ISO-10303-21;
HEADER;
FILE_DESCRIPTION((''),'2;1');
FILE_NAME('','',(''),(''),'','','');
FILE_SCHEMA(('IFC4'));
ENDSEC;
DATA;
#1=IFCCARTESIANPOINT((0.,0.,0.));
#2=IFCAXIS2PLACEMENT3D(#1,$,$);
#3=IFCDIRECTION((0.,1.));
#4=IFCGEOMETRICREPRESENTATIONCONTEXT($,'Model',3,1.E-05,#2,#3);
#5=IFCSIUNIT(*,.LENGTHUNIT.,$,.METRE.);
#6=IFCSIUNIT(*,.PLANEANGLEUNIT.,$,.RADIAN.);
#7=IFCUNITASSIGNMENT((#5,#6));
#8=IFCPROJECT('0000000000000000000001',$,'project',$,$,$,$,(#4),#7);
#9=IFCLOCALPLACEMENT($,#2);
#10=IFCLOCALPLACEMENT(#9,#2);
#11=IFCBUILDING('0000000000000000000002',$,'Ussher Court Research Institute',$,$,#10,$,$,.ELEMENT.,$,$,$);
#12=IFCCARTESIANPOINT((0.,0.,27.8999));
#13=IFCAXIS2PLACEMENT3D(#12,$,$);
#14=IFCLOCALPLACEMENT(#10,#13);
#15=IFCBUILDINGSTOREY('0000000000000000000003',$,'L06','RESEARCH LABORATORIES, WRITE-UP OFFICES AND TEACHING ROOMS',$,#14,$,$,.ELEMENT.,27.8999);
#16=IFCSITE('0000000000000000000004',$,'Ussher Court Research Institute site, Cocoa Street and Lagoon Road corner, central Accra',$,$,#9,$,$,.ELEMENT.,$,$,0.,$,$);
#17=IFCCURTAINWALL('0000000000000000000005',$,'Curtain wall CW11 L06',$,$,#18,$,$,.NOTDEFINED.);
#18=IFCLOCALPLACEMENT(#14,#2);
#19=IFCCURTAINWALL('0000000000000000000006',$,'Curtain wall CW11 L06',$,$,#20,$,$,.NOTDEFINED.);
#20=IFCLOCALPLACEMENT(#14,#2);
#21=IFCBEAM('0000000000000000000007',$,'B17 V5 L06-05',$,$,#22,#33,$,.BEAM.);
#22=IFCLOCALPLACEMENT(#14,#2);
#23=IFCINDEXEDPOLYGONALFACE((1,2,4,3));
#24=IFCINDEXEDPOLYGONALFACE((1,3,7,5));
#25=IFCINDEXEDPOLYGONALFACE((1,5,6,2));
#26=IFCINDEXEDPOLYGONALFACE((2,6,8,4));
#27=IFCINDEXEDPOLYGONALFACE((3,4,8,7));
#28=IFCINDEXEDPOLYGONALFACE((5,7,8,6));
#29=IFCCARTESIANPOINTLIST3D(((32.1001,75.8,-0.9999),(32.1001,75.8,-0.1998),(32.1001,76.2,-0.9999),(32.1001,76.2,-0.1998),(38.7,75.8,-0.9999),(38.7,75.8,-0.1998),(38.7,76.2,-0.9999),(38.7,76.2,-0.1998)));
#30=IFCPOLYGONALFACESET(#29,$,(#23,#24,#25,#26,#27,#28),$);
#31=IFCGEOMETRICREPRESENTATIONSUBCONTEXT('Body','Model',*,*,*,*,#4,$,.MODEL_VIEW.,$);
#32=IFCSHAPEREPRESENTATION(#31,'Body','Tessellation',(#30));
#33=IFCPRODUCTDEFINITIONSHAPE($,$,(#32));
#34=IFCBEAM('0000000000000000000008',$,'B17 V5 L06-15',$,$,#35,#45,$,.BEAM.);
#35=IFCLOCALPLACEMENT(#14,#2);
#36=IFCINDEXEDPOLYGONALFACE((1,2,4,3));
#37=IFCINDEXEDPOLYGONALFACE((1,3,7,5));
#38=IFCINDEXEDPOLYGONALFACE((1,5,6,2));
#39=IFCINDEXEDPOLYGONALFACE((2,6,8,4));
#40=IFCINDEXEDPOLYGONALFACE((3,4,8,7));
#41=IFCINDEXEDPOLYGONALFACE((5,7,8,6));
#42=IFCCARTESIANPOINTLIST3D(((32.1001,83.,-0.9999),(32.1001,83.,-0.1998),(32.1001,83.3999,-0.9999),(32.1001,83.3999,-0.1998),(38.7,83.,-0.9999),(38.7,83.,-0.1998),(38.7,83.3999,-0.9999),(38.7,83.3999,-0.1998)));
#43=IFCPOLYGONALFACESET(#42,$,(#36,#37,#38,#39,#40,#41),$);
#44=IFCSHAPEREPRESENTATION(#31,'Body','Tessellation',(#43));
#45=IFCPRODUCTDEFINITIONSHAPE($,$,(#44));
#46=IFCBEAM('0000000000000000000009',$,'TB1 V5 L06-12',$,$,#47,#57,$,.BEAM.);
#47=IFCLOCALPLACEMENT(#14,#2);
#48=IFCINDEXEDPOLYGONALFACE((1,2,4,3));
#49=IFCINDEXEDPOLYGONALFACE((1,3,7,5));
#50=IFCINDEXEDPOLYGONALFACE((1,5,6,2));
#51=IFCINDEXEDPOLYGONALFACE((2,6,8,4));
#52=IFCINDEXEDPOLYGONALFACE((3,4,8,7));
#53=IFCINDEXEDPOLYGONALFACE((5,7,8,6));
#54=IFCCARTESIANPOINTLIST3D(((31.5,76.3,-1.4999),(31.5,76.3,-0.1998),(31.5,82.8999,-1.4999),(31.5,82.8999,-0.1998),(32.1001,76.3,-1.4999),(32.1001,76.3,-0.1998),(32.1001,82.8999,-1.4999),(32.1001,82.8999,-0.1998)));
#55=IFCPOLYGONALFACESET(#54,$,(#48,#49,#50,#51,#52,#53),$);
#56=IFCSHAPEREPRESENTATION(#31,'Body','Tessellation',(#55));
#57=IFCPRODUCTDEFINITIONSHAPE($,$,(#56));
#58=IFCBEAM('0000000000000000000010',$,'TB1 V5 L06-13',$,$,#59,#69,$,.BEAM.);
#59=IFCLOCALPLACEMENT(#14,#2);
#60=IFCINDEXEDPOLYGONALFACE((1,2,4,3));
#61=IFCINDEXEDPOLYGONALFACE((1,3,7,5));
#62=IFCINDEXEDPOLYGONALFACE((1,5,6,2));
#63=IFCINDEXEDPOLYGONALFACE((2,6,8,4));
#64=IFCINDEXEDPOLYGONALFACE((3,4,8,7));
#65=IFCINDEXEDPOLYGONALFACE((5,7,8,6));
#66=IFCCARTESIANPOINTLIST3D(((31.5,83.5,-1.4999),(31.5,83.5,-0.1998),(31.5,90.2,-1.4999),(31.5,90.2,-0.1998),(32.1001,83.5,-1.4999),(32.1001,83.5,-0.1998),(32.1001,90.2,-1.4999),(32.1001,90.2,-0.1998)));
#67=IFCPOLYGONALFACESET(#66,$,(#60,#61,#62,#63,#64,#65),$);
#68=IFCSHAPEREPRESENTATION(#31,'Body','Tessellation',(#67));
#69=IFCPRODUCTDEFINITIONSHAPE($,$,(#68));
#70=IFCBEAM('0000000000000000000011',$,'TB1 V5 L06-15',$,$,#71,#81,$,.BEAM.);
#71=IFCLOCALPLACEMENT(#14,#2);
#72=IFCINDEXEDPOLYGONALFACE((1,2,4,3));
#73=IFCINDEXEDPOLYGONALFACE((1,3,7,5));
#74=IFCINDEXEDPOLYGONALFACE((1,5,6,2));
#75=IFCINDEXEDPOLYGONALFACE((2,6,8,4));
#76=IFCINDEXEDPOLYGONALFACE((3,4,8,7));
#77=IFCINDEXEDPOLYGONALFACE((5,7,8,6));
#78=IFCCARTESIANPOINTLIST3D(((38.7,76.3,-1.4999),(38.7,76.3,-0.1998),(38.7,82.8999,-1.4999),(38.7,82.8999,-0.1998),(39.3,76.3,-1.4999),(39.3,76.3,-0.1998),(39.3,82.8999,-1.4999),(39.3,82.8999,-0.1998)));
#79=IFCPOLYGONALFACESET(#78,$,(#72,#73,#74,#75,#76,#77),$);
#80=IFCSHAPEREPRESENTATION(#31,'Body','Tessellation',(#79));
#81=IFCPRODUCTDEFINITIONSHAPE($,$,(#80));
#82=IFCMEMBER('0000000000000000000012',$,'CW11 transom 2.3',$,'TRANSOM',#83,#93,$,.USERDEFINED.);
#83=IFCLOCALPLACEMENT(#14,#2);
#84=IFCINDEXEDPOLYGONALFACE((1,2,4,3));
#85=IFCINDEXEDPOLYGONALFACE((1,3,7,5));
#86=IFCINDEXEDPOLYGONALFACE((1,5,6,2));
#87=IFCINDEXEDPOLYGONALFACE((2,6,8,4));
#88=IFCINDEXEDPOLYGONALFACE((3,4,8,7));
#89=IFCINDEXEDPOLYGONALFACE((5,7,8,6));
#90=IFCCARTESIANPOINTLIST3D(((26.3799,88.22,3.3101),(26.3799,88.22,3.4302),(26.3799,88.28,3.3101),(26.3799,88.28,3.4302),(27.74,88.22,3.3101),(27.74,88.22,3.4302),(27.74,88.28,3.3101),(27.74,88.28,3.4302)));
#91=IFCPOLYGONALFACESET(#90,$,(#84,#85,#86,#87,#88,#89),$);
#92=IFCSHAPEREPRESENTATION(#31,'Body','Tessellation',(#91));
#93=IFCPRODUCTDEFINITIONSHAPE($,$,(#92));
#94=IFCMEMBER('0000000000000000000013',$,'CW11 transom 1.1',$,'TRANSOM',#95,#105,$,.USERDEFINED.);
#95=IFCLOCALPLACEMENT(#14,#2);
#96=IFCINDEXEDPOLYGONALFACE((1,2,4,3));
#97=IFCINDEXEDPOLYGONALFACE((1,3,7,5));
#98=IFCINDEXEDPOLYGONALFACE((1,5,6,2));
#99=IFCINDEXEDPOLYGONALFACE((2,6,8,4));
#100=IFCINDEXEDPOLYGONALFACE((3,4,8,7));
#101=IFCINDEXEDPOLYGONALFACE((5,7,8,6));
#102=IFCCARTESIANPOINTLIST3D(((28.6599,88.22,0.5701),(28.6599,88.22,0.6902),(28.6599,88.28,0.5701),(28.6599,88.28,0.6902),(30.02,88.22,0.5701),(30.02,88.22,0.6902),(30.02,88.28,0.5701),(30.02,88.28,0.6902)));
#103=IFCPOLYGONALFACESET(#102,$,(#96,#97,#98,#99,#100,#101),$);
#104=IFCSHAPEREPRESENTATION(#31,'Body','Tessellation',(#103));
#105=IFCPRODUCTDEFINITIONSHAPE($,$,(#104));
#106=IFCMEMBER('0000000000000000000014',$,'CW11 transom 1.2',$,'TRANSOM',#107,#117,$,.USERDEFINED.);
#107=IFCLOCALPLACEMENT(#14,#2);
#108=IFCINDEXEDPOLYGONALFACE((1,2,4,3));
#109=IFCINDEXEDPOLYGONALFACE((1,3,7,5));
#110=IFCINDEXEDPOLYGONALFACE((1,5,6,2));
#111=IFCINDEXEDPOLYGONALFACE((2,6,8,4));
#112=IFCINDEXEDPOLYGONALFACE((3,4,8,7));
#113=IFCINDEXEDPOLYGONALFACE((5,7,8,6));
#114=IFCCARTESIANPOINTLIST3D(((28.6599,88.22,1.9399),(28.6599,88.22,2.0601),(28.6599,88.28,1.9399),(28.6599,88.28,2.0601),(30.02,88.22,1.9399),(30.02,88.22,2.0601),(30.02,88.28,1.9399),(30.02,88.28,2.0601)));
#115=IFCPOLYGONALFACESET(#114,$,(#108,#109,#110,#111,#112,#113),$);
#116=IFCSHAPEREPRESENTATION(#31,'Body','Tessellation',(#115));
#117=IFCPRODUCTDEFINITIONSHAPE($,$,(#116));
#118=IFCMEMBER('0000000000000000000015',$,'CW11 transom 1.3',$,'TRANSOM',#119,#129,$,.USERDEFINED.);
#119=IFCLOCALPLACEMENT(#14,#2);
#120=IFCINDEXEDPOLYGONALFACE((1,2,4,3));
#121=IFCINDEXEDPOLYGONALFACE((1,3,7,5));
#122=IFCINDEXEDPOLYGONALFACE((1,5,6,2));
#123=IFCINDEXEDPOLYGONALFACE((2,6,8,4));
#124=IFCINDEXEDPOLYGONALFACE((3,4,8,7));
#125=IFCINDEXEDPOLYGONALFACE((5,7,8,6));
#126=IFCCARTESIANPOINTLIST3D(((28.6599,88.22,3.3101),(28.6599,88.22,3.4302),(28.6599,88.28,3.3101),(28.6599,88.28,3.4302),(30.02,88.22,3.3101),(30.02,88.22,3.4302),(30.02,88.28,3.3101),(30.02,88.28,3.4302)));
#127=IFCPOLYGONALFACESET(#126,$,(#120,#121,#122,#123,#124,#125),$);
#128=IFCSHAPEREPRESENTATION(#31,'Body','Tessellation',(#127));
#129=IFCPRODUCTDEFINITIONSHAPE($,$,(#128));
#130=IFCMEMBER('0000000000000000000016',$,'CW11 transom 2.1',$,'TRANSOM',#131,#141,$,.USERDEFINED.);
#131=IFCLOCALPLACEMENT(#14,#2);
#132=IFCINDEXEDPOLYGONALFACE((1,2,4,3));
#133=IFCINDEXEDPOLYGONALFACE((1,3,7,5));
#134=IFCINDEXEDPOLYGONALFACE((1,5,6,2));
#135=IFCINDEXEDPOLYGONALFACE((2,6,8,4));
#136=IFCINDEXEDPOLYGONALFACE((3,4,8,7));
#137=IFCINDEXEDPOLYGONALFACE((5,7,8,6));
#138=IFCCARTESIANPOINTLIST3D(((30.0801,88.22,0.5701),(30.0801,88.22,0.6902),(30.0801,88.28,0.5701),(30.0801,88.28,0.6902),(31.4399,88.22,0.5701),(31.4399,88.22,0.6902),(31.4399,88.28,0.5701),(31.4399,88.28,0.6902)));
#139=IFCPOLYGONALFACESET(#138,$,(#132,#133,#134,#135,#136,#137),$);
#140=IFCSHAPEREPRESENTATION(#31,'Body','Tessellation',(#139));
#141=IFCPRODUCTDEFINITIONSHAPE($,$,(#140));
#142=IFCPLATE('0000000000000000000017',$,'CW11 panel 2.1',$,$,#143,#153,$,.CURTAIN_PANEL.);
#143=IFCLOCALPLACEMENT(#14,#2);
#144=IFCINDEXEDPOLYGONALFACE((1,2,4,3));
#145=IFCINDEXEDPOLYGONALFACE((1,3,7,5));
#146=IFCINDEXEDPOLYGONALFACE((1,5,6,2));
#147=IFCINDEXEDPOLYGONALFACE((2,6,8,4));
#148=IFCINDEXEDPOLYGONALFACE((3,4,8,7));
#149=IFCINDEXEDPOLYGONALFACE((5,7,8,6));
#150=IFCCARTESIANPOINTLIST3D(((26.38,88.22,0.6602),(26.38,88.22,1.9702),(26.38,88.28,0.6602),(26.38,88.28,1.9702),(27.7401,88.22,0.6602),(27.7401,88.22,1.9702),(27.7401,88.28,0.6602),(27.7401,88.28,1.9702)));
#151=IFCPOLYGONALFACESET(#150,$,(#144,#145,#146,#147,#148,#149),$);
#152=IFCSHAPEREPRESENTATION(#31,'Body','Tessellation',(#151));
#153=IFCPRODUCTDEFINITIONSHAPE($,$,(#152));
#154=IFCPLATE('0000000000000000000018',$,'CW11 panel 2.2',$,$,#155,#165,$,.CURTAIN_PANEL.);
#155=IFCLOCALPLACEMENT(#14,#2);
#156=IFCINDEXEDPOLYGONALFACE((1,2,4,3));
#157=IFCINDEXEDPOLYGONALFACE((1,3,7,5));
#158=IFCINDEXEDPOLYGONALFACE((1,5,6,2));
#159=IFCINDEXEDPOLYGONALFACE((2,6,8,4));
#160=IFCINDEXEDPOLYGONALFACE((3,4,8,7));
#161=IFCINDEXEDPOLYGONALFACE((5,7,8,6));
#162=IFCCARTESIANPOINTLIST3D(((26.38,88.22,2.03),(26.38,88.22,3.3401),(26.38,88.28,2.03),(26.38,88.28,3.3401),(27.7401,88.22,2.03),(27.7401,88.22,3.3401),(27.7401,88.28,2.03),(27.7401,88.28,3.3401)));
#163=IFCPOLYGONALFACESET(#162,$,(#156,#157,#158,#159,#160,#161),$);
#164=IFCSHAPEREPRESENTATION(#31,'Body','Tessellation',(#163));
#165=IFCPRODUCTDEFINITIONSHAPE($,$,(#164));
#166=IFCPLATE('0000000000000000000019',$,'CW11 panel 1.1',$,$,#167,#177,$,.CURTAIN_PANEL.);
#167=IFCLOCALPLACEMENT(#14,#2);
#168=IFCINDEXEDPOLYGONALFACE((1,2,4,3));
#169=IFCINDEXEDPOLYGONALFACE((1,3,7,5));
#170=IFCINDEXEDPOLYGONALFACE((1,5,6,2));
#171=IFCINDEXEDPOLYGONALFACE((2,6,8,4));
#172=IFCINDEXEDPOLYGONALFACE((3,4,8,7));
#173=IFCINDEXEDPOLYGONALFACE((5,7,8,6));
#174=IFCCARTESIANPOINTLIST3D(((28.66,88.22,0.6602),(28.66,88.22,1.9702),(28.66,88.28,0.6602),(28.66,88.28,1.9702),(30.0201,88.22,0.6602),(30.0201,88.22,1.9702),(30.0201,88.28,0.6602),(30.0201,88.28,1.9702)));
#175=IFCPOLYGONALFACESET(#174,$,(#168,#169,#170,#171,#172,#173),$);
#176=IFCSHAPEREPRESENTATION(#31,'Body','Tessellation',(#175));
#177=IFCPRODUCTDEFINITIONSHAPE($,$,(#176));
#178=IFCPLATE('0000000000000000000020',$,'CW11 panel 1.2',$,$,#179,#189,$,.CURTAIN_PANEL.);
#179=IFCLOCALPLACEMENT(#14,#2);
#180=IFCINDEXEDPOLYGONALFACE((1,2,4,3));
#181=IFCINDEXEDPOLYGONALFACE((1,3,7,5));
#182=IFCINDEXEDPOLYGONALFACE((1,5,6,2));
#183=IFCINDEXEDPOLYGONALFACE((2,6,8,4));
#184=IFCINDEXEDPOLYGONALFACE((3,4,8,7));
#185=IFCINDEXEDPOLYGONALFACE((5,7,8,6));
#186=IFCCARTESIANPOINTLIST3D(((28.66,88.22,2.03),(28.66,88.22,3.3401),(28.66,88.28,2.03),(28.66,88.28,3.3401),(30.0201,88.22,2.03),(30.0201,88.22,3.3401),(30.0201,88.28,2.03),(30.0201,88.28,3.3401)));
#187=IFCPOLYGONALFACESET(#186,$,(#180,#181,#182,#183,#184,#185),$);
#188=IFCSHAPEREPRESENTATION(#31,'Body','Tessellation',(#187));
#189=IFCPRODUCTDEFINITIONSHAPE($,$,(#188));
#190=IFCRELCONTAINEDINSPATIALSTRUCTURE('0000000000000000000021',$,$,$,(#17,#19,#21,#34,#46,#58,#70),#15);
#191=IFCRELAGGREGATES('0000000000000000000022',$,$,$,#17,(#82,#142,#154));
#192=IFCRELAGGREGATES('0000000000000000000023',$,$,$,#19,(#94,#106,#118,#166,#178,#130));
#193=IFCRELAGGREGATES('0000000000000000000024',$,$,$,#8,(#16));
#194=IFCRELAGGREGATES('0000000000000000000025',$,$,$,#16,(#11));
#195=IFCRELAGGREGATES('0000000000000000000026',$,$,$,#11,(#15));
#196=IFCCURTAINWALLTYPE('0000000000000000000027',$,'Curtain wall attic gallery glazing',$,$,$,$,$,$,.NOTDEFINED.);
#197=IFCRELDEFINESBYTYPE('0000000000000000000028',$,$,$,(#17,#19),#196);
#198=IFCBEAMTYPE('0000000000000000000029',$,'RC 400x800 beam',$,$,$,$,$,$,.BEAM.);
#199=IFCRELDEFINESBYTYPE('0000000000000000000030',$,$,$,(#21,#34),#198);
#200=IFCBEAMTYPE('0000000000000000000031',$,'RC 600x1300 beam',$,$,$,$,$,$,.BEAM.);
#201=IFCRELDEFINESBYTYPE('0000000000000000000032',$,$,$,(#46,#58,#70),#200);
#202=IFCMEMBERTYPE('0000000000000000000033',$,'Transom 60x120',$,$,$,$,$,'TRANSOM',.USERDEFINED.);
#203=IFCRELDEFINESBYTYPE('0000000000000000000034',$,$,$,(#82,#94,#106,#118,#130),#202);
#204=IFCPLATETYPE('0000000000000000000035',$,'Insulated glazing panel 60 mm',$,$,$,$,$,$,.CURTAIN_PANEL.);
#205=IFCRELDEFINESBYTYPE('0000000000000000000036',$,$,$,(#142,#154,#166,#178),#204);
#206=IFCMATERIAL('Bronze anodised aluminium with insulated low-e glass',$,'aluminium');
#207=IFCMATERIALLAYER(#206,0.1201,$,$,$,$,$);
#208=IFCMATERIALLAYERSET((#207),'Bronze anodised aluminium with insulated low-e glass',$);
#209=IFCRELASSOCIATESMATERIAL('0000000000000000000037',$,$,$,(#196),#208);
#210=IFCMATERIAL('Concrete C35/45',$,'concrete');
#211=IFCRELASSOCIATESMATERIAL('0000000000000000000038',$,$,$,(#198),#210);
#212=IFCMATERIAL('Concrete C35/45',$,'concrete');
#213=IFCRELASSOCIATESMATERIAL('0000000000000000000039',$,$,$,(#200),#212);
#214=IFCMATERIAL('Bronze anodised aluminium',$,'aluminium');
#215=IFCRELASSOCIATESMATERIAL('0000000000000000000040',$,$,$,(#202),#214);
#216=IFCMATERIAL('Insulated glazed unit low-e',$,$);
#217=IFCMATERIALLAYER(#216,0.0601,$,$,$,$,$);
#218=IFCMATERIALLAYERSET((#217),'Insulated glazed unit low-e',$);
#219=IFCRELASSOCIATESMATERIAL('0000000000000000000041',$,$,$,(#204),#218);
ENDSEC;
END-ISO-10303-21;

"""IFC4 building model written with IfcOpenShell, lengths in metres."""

from ifc_helpers import new_model, si_unit, direction, frame, origin, origin_2d, place, context, subcontext, project, spatial, rectangle, extrude, material, layer, layer_set, material_profile, profile_set, type_object, element, aggregate, save


model = new_model("IFC4")

# Units and contexts
model_context = context("Model", 3, precision=1e-05, world=origin(), true_north=direction((0.0, 1.0)))
body_context = subcontext(model_context, "Body", "Model", "MODEL_VIEW")
ifc_project = project(units=[si_unit("LENGTHUNIT", "METRE"), si_unit("PLANEANGLEUNIT", "RADIAN")], contexts=[model_context])

# Site, building, storey
site_placement = place(None, origin())
site = spatial("IfcSite", under=ifc_project, at=site_placement, Name="Ussher Court Research Institute site, Cocoa Street and Lagoon Road corner, central Accra", CompositionType="ELEMENT", RefElevation=0.0)
building_placement = place(site_placement, origin())
building = spatial("IfcBuilding", under=site, at=building_placement, Name="Ussher Court Research Institute", CompositionType="ELEMENT")
storey_placement = place(building_placement, frame((0.0, 0.0, 27.8999)))
storey = spatial("IfcBuildingStorey", under=building, at=storey_placement, Name="L06", Description="RESEARCH LABORATORIES, WRITE-UP OFFICES AND TEACHING ROOMS", CompositionType="ELEMENT", Elevation=27.8999)

# Curtain wall
ifc_material_1 = material(Name="Bronze anodised aluminium with insulated low-e glass", Category="aluminium")
ifc_layer_1 = layer(ifc_material_1, 0.1201)
ifc_layer_set_1 = layer_set([ifc_layer_1], Name="Bronze anodised aluminium with insulated low-e glass")
curtain_wall_type = type_object("IfcCurtainWallType", Name="Curtain wall attic gallery glazing", PredefinedType="NOTDEFINED", material=ifc_layer_set_1)
curtain_wall_1_placement = place(storey_placement, origin())
curtain_wall_1 = element("IfcCurtainWall", 1, at=curtain_wall_1_placement, inside=storey, type_object=curtain_wall_type, Name="Curtain wall CW11 L06", PredefinedType="NOTDEFINED")

# Curtain wall
curtain_wall_2_placement = place(storey_placement, origin())
curtain_wall_2 = element("IfcCurtainWall", 2, at=curtain_wall_2_placement, inside=storey, type_object=curtain_wall_type, Name="Curtain wall CW11 L06", PredefinedType="NOTDEFINED")

# Beams
ifc_material_2 = material(Name="Concrete C35/45", Category="concrete")
ifc_material_profile_1 = material_profile(ifc_material_2, rectangle(XDim=0.3999, YDim=0.8, at=origin_2d()), Name="RC 400x800")
ifc_profile_set_1 = profile_set([ifc_material_profile_1], Name="Concrete C35/45")
beam_type_1 = type_object("IfcBeamType", Name="RC 400x800 beam", PredefinedType="BEAM", material=ifc_profile_set_1)
for number, where, z_axis, x_axis, name in (
    (3, (32.1001, 76.0, -0.5999), (1.0, 0.0, 0.0), (0.0, 1.0, 0.0), "B17 V5 L06-05"),
    (4, (32.1001, 83.2, -0.5999), (1.0, 0.0, 0.0), (0.0, 1.0, 0.0), "B17 V5 L06-15"),
):
    element("IfcBeam", number, at=place(storey_placement, frame(where, z_axis=z_axis, x_axis=x_axis)), inside=storey, type_object=beam_type_1, Name=name, PredefinedType="BEAM", context=body_context, shape_type="SweptSolid", body=[
        extrude(rectangle(XDim=0.3999, YDim=0.8, at=origin_2d()), origin(), (0.0, 0.0, 1.0), 6.5999),
    ])
ifc_material_3 = material(Name="Concrete C35/45", Category="concrete")
ifc_material_profile_2 = material_profile(ifc_material_3, rectangle(XDim=0.6001, YDim=1.3, at=origin_2d()), Name="RC 600x1300")
ifc_profile_set_2 = profile_set([ifc_material_profile_2], Name="Concrete C35/45")
beam_type_2 = type_object("IfcBeamType", Name="RC 600x1300 beam", PredefinedType="BEAM", material=ifc_profile_set_2)
beam_1_placement = place(storey_placement, frame((31.8, 76.3, -0.8499), z_axis=(0.0, 1.0, 0.0), x_axis=(-1.0, 0.0, 0.0)))
element("IfcBeam", 5, at=beam_1_placement, inside=storey, type_object=beam_type_2, Name="TB1 V5 L06-12", PredefinedType="BEAM", context=body_context, shape_type="SweptSolid", body=[
    extrude(rectangle(XDim=0.6001, YDim=1.3, at=origin_2d()), origin(), (0.0, 0.0, 1.0), 6.5999),
])
beam_2_placement = place(storey_placement, frame((31.8, 83.5, -0.8499), z_axis=(0.0, 1.0, 0.0), x_axis=(-1.0, 0.0, 0.0)))
element("IfcBeam", 6, at=beam_2_placement, inside=storey, type_object=beam_type_2, Name="TB1 V5 L06-13", PredefinedType="BEAM", context=body_context, shape_type="SweptSolid", body=[
    extrude(rectangle(XDim=0.6001, YDim=1.3, at=origin_2d()), origin(), (0.0, 0.0, 1.0), 6.7),
])
beam_3_placement = place(storey_placement, frame((39.0, 76.3, -0.8499), z_axis=(0.0, 1.0, 0.0), x_axis=(-1.0, 0.0, 0.0)))
element("IfcBeam", 7, at=beam_3_placement, inside=storey, type_object=beam_type_2, Name="TB1 V5 L06-15", PredefinedType="BEAM", context=body_context, shape_type="SweptSolid", body=[
    extrude(rectangle(XDim=0.6001, YDim=1.3, at=origin_2d()), origin(), (0.0, 0.0, 1.0), 6.5999),
])

# Members
ifc_material_4 = material(Name="Bronze anodised aluminium", Category="aluminium")
ifc_material_profile_3 = material_profile(ifc_material_4, rectangle(XDim=0.0601, YDim=0.1201, at=origin_2d()), Name="Transom 60x120")
ifc_profile_set_3 = profile_set([ifc_material_profile_3], Name="Bronze anodised aluminium")
member_type_1 = type_object("IfcMemberType", Name="Transom 60x120", ElementType="TRANSOM", PredefinedType="USERDEFINED", material=ifc_profile_set_3)
member_1_placement = place(storey_placement, frame((26.3799, 88.25, 3.3701), z_axis=(1.0, 0.0, 0.0), x_axis=(0.0, 1.0, 0.0)))
member_1 = element("IfcMember", 8, at=member_1_placement, type_object=member_type_1, Name="CW11 transom 2.3", ObjectType="TRANSOM", PredefinedType="USERDEFINED", context=body_context, shape_type="SweptSolid", body=[
    extrude(rectangle(XDim=0.0601, YDim=0.1201, at=origin_2d()), origin(), (0.0, 0.0, 1.0), 1.3601),
])
member_2_placement = place(storey_placement, frame((28.6599, 88.25, 0.6301), z_axis=(1.0, 0.0, 0.0), x_axis=(0.0, 1.0, 0.0)))
member_2 = element("IfcMember", 9, at=member_2_placement, type_object=member_type_1, Name="CW11 transom 1.1", ObjectType="TRANSOM", PredefinedType="USERDEFINED", context=body_context, shape_type="SweptSolid", body=[
    extrude(rectangle(XDim=0.0601, YDim=0.1201, at=origin_2d()), origin(), (0.0, 0.0, 1.0), 1.3601),
])
member_3_placement = place(storey_placement, frame((28.6599, 88.25, 2.0), z_axis=(1.0, 0.0, 0.0), x_axis=(0.0, 1.0, 0.0)))
member_3 = element("IfcMember", 10, at=member_3_placement, type_object=member_type_1, Name="CW11 transom 1.2", ObjectType="TRANSOM", PredefinedType="USERDEFINED", context=body_context, shape_type="SweptSolid", body=[
    extrude(rectangle(XDim=0.0601, YDim=0.1201, at=origin_2d()), origin(), (0.0, 0.0, 1.0), 1.3601),
])
member_4_placement = place(storey_placement, frame((28.6599, 88.25, 3.3701), z_axis=(1.0, 0.0, 0.0), x_axis=(0.0, 1.0, 0.0)))
member_4 = element("IfcMember", 11, at=member_4_placement, type_object=member_type_1, Name="CW11 transom 1.3", ObjectType="TRANSOM", PredefinedType="USERDEFINED", context=body_context, shape_type="SweptSolid", body=[
    extrude(rectangle(XDim=0.0601, YDim=0.1201, at=origin_2d()), origin(), (0.0, 0.0, 1.0), 1.3601),
])
member_5_placement = place(storey_placement, frame((30.0801, 88.25, 0.6301), z_axis=(1.0, 0.0, 0.0), x_axis=(0.0, 1.0, 0.0)))
member_5 = element("IfcMember", 12, at=member_5_placement, type_object=member_type_1, Name="CW11 transom 2.1", ObjectType="TRANSOM", PredefinedType="USERDEFINED", context=body_context, shape_type="SweptSolid", body=[
    extrude(rectangle(XDim=0.0601, YDim=0.1201, at=origin_2d()), origin(), (0.0, 0.0, 1.0), 1.3599),
])

# Plates
ifc_material_5 = material(Name="Insulated glazed unit low-e")
ifc_layer_2 = layer(ifc_material_5, 0.0601)
ifc_layer_set_2 = layer_set([ifc_layer_2], Name="Insulated glazed unit low-e")
plate_type = type_object("IfcPlateType", Name="Insulated glazing panel 60 mm", PredefinedType="CURTAIN_PANEL", material=ifc_layer_set_2)
plate_1_placement = place(storey_placement, frame((27.0601, 88.25, 0.6602), z_axis=(0.0, 0.0, 1.0), x_axis=(1.0, 0.0, 0.0)))
plate_1 = element("IfcPlate", 13, at=plate_1_placement, type_object=plate_type, Name="CW11 panel 2.1", PredefinedType="CURTAIN_PANEL", context=body_context, shape_type="SweptSolid", body=[
    extrude(rectangle(XDim=1.3601, YDim=0.0601, at=origin_2d()), origin(), (0.0, 0.0, 1.0), 1.3101),
])
plate_2_placement = place(storey_placement, frame((27.0601, 88.25, 2.03), z_axis=(0.0, 0.0, 1.0), x_axis=(1.0, 0.0, 0.0)))
plate_2 = element("IfcPlate", 14, at=plate_2_placement, type_object=plate_type, Name="CW11 panel 2.2", PredefinedType="CURTAIN_PANEL", context=body_context, shape_type="SweptSolid", body=[
    extrude(rectangle(XDim=1.3601, YDim=0.0601, at=origin_2d()), origin(), (0.0, 0.0, 1.0), 1.3101),
])
aggregate(curtain_wall_1, [member_1, plate_1, plate_2])
plate_3_placement = place(storey_placement, frame((29.3401, 88.25, 0.6602), z_axis=(0.0, 0.0, 1.0), x_axis=(1.0, 0.0, 0.0)))
plate_3 = element("IfcPlate", 15, at=plate_3_placement, type_object=plate_type, Name="CW11 panel 1.1", PredefinedType="CURTAIN_PANEL", context=body_context, shape_type="SweptSolid", body=[
    extrude(rectangle(XDim=1.3601, YDim=0.0601, at=origin_2d()), origin(), (0.0, 0.0, 1.0), 1.3101),
])
plate_4_placement = place(storey_placement, frame((29.3401, 88.25, 2.03), z_axis=(0.0, 0.0, 1.0), x_axis=(1.0, 0.0, 0.0)))
plate_4 = element("IfcPlate", 16, at=plate_4_placement, type_object=plate_type, Name="CW11 panel 1.2", PredefinedType="CURTAIN_PANEL", context=body_context, shape_type="SweptSolid", body=[
    extrude(rectangle(XDim=1.3601, YDim=0.0601, at=origin_2d()), origin(), (0.0, 0.0, 1.0), 1.3101),
])
aggregate(curtain_wall_2, [member_2, member_3, member_4, plate_3, plate_4, member_5])

save(model, "model.ifc")
